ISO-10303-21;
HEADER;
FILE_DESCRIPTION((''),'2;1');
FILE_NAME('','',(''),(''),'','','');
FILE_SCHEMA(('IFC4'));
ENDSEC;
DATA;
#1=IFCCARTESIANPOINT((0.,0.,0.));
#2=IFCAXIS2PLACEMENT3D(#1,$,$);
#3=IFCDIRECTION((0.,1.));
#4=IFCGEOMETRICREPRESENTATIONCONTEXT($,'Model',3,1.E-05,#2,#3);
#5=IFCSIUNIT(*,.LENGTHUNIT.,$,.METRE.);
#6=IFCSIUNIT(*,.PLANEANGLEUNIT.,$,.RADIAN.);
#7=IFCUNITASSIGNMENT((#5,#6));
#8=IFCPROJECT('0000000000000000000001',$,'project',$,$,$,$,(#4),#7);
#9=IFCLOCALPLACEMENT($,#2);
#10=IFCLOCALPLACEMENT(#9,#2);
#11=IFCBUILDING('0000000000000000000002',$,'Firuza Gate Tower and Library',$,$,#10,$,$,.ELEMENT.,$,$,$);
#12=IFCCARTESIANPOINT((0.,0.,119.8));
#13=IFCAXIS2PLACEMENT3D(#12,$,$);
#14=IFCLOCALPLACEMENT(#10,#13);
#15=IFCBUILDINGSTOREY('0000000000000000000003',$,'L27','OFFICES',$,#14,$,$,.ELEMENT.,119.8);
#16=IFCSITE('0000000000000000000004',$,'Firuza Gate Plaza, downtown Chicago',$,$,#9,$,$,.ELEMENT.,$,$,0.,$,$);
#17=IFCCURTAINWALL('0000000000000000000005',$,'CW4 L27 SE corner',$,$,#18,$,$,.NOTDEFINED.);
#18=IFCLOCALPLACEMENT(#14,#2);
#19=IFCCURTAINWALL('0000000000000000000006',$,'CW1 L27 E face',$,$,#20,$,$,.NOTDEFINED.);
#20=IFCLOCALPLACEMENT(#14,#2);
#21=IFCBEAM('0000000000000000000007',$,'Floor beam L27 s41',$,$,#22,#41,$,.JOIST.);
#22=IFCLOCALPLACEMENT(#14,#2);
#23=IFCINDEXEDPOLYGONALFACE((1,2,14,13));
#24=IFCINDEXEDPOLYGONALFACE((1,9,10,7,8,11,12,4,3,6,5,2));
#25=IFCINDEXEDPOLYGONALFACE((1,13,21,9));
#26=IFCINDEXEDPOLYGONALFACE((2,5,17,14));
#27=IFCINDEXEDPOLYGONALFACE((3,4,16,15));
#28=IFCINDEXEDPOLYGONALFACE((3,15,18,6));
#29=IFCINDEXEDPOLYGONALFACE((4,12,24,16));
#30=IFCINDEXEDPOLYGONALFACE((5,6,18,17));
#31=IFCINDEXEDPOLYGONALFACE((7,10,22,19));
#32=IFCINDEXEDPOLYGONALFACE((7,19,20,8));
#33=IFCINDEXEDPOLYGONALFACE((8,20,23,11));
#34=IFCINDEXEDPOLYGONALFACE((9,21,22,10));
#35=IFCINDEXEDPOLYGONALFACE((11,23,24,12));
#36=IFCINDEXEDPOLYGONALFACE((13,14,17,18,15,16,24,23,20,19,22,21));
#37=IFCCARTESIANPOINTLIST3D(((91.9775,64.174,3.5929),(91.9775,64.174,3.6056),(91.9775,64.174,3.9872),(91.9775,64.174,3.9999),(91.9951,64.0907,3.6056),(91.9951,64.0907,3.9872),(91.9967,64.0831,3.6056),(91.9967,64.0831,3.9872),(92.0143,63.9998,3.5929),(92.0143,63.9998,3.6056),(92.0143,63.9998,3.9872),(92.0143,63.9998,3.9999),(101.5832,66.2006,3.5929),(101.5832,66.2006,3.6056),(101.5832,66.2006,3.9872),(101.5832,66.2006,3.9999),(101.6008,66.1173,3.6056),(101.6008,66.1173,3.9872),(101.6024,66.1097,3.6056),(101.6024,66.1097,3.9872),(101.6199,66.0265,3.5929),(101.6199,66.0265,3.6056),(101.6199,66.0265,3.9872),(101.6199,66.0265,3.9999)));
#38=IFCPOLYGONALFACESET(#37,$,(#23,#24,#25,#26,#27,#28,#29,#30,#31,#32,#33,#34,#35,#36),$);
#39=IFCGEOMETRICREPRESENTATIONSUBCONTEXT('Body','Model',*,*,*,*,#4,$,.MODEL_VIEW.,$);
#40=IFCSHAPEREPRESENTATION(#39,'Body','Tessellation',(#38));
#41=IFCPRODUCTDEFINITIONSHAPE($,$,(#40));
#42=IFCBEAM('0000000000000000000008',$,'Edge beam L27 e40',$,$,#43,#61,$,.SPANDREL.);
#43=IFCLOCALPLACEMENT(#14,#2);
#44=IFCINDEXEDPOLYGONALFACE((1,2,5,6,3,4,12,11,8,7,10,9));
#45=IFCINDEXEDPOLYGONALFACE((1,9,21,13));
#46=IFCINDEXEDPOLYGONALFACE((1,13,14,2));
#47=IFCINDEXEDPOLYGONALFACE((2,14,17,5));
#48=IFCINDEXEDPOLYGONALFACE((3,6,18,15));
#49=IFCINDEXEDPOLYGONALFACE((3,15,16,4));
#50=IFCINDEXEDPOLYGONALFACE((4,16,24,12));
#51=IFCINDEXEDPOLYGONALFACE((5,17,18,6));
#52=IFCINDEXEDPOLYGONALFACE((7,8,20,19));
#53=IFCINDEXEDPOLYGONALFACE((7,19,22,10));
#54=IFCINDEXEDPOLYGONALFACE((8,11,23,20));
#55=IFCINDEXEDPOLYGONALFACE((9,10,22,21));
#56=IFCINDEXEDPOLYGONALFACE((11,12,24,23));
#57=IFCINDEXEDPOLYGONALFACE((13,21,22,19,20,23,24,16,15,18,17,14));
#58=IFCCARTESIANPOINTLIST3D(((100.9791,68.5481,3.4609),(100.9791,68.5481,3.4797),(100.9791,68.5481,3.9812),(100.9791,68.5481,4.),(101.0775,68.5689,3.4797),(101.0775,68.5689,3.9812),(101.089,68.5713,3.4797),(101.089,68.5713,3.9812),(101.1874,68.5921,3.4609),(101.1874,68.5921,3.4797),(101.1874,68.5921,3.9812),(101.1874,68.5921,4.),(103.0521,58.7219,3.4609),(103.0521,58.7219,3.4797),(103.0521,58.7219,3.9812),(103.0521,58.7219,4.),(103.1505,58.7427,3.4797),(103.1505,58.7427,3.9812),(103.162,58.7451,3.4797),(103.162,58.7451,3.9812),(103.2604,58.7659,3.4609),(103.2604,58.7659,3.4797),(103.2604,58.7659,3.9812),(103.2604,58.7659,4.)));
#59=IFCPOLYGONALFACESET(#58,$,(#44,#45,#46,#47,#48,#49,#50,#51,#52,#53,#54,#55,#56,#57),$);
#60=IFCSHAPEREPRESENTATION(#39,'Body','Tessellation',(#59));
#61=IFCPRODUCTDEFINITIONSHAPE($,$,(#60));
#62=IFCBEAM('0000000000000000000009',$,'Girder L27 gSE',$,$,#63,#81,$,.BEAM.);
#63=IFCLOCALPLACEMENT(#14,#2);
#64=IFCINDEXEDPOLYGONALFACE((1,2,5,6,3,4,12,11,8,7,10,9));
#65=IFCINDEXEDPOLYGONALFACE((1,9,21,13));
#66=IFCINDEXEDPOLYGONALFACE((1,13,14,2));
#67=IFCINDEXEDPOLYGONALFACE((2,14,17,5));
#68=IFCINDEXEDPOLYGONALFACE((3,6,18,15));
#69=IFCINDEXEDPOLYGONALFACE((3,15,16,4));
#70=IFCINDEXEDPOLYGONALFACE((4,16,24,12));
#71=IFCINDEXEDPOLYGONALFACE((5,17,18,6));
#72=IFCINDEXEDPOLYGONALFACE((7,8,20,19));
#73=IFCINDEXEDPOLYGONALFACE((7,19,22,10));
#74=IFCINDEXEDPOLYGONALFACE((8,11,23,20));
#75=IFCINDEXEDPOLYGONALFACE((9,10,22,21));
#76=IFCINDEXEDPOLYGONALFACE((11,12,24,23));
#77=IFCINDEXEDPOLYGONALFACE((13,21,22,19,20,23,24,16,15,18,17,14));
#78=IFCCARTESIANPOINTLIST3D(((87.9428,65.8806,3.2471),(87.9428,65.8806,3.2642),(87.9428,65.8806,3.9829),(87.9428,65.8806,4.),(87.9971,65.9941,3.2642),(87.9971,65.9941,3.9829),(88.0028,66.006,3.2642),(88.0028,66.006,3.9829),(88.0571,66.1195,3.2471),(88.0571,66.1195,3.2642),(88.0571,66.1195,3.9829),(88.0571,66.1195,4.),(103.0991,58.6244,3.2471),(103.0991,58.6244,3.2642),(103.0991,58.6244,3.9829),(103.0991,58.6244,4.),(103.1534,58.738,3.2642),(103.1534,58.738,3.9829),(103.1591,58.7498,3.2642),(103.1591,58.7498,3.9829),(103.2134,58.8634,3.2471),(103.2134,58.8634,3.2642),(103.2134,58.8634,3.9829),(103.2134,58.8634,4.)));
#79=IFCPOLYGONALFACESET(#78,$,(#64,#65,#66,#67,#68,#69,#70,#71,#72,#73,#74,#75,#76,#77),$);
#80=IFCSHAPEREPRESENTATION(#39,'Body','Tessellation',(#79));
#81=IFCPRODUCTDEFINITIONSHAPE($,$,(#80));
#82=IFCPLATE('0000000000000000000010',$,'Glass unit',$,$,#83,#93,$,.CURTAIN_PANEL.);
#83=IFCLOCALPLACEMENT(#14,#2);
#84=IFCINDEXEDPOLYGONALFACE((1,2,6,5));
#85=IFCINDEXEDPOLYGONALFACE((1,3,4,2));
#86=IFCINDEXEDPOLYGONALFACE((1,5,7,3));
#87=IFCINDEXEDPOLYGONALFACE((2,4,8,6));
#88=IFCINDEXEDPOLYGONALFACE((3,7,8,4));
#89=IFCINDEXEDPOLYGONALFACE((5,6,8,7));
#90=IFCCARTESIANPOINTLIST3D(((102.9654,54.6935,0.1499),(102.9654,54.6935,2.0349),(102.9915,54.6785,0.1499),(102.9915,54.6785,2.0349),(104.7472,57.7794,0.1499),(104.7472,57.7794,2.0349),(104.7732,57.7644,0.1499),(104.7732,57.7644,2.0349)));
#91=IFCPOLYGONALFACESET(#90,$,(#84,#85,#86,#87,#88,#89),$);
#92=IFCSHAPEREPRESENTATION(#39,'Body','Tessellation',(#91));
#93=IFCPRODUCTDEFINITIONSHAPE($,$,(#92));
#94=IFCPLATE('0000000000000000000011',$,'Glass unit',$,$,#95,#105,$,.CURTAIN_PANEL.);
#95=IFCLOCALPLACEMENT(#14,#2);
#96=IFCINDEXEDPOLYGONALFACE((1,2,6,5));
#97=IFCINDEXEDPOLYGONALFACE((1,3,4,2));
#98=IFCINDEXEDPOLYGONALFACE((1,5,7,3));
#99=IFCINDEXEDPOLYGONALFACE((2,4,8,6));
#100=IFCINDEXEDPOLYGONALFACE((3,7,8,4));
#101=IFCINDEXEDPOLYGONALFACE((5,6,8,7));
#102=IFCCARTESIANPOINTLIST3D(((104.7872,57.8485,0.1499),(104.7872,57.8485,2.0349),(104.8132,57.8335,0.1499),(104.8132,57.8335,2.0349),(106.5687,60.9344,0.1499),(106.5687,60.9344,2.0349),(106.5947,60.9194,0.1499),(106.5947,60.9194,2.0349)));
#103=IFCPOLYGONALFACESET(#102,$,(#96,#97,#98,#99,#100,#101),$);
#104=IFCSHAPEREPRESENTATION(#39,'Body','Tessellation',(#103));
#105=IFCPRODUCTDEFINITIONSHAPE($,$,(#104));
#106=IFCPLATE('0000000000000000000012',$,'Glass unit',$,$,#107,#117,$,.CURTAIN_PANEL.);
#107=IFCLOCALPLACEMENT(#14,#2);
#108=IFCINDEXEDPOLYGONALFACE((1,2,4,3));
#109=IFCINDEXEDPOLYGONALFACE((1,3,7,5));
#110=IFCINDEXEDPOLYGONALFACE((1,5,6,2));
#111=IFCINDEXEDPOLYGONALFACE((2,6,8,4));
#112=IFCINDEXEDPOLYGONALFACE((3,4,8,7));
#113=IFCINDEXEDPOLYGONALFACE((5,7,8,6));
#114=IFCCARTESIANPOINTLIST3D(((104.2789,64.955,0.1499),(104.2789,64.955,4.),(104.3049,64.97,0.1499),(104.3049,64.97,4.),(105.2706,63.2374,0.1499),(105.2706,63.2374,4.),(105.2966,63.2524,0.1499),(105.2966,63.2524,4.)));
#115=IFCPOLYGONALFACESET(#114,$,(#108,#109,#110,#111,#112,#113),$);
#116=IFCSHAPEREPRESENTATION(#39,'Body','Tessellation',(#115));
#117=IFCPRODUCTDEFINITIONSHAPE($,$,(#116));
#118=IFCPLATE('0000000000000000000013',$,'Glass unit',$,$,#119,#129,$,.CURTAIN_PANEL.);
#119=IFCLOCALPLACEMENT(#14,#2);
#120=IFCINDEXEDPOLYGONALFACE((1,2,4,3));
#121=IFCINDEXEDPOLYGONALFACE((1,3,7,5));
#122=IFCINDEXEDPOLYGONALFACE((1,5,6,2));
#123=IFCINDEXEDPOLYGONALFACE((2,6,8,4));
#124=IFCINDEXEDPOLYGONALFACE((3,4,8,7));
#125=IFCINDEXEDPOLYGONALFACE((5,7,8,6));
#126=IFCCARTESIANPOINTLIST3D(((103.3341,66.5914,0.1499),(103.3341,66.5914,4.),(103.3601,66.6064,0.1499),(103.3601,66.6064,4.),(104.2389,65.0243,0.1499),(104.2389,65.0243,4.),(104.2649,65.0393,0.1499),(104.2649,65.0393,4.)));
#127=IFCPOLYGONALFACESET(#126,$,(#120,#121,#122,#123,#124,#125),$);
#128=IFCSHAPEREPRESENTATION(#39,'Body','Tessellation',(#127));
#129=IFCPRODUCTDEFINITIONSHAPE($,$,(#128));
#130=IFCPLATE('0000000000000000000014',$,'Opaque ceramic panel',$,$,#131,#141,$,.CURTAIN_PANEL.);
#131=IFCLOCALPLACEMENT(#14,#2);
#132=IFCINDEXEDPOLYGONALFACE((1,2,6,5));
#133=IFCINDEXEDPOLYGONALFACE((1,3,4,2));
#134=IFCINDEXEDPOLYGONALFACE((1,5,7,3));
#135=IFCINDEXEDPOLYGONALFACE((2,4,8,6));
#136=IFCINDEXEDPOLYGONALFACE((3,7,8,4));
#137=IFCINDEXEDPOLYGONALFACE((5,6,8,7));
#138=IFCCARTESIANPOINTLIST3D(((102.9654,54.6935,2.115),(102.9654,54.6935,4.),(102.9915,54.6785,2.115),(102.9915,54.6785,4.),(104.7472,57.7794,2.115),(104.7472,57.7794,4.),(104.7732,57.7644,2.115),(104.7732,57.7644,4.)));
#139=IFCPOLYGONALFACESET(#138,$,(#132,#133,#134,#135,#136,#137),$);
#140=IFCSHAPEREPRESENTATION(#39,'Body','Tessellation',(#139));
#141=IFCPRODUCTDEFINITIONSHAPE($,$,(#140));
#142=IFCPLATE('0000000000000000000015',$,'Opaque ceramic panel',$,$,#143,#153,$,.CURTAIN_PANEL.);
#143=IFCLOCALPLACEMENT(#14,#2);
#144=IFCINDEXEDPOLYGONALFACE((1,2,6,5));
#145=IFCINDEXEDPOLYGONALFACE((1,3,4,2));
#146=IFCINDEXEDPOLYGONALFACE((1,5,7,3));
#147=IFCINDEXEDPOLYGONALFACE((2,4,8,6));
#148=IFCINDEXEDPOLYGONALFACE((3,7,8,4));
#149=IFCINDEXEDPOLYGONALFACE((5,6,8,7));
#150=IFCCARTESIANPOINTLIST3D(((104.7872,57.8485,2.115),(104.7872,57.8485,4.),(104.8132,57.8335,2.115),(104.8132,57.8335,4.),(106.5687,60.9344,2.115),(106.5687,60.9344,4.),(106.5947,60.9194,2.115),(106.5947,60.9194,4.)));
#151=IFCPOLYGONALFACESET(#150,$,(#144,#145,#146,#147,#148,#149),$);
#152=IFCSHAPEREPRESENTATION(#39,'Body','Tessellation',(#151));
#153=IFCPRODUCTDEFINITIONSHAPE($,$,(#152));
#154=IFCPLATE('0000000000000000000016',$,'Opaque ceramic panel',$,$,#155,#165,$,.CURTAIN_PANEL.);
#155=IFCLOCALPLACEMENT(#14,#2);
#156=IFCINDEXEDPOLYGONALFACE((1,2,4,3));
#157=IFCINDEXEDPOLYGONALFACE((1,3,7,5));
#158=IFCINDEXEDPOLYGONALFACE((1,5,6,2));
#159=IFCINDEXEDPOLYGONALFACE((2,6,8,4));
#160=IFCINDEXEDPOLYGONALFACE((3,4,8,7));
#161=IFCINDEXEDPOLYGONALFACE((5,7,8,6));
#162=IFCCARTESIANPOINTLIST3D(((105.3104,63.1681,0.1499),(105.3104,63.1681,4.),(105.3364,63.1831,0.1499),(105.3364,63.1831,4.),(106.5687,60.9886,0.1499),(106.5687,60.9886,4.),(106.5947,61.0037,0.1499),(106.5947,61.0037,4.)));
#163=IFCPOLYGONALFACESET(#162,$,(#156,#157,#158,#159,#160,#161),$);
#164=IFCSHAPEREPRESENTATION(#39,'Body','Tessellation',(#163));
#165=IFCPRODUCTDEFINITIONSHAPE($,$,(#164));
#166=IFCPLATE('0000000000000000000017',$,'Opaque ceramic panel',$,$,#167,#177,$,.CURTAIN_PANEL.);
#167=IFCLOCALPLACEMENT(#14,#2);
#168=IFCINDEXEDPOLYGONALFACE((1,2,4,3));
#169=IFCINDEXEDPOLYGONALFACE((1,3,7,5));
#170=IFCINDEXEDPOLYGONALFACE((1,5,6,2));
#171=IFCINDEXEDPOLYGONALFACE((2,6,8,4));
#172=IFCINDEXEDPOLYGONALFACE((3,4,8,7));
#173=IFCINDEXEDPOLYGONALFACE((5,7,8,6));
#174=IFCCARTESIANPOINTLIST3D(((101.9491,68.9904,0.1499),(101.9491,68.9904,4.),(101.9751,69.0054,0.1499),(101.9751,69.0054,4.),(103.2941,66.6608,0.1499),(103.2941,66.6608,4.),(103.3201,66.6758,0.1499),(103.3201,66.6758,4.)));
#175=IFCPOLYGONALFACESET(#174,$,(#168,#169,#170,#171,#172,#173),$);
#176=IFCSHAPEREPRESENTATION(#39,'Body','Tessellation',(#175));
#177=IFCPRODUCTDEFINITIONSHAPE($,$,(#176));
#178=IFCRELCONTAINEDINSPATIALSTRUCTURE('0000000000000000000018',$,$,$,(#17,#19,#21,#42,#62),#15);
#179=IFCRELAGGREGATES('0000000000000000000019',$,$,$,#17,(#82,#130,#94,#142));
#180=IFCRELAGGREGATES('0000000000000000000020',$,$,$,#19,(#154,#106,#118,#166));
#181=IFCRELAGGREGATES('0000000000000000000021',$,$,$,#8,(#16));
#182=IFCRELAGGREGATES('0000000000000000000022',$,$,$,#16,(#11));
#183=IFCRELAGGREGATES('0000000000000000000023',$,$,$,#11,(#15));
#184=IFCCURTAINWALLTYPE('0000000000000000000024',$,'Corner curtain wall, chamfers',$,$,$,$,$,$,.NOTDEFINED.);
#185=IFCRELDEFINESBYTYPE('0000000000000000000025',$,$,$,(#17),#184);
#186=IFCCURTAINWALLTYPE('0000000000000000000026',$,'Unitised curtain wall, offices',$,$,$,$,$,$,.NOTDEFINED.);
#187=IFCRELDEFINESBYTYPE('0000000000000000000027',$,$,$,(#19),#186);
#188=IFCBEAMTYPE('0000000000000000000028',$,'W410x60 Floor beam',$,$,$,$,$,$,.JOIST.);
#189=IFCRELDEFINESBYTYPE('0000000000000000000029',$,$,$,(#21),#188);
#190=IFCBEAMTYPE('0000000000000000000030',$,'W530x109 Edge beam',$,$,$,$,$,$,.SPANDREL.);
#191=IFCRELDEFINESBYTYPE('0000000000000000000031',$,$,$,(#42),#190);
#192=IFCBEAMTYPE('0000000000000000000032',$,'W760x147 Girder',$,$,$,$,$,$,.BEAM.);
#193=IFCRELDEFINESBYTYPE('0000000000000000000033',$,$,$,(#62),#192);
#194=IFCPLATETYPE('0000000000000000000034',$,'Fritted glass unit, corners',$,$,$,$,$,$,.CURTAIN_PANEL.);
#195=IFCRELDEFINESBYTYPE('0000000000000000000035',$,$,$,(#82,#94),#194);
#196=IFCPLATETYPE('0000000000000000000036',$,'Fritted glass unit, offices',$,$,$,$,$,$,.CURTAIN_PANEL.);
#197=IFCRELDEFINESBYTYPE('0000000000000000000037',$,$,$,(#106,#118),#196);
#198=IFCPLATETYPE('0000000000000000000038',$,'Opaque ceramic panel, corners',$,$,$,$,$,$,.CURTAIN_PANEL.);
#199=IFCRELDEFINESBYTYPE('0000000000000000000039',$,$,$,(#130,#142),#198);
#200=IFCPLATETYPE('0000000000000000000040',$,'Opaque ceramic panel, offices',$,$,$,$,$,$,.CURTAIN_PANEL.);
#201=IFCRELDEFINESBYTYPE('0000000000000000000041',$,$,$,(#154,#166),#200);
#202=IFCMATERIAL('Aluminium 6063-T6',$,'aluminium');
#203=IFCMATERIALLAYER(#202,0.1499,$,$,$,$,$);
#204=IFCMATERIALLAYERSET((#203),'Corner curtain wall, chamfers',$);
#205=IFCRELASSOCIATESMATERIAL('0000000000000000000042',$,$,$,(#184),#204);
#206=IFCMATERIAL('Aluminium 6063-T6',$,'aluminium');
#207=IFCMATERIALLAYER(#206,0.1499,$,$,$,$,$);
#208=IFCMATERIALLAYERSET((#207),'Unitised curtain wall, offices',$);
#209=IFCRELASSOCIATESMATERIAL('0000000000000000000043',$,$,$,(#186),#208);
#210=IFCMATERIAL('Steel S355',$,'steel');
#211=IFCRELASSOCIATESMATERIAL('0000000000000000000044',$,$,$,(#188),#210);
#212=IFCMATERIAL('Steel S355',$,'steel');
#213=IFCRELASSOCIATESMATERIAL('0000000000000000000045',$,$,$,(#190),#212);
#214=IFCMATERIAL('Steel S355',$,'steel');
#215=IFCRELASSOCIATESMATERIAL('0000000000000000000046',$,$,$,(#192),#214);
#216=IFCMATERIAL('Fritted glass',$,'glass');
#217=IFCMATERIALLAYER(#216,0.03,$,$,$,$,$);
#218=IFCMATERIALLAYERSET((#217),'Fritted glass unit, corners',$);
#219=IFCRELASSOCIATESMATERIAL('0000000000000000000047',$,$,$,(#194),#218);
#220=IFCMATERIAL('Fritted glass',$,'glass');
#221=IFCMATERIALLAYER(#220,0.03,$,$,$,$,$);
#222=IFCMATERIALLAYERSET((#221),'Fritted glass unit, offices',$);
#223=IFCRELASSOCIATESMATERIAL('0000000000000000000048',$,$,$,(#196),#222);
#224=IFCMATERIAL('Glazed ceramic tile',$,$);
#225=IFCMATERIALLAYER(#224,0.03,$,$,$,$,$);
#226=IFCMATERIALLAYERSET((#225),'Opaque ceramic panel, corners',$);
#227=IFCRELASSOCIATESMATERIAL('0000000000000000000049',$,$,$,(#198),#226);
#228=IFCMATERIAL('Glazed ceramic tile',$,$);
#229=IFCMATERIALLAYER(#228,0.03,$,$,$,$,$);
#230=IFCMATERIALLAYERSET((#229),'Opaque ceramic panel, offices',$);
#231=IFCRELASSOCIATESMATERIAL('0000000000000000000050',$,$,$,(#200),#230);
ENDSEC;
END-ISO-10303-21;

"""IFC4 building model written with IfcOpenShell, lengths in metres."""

from ifc_helpers import new_model, si_unit, direction, frame, origin, origin_2d, place, context, subcontext, project, spatial, polyline, i_section, outline, extrude, material, layer, layer_set, material_profile, profile_set, type_object, element, aggregate, save


model = new_model("IFC4")

# Units and contexts
model_context = context("Model", 3, precision=1e-05, world=origin(), true_north=direction((0.0, 1.0)))
body_context = subcontext(model_context, "Body", "Model", "MODEL_VIEW")
ifc_project = project(units=[si_unit("LENGTHUNIT", "METRE"), si_unit("PLANEANGLEUNIT", "RADIAN")], contexts=[model_context])

# Site, building, storey
site_placement = place(None, origin())
site = spatial("IfcSite", under=ifc_project, at=site_placement, Name="Firuza Gate Plaza, downtown Chicago", CompositionType="ELEMENT", RefElevation=0.0)
building_placement = place(site_placement, origin())
building = spatial("IfcBuilding", under=site, at=building_placement, Name="Firuza Gate Tower and Library", CompositionType="ELEMENT")
storey_placement = place(building_placement, frame((0.0, 0.0, 119.8)))
storey = spatial("IfcBuildingStorey", under=building, at=storey_placement, Name="L27", Description="OFFICES", CompositionType="ELEMENT", Elevation=119.8)

# Curtain walls
ifc_material_1 = material(Name="Aluminium 6063-T6", Category="aluminium")
ifc_layer_1 = layer(ifc_material_1, 0.1499)
ifc_layer_set_1 = layer_set([ifc_layer_1], Name="Corner curtain wall, chamfers")
curtain_wall_type_1 = type_object("IfcCurtainWallType", Name="Corner curtain wall, chamfers", PredefinedType="NOTDEFINED", material=ifc_layer_set_1)
placement = place(storey_placement, origin())
curtain_wall_1 = element("IfcCurtainWall", 1, at=placement, inside=storey, type_object=curtain_wall_type_1, Name="CW4 L27 SE corner", PredefinedType="NOTDEFINED")
ifc_material_2 = material(Name="Aluminium 6063-T6", Category="aluminium")
ifc_layer_2 = layer(ifc_material_2, 0.1499)
ifc_layer_set_2 = layer_set([ifc_layer_2], Name="Unitised curtain wall, offices")
curtain_wall_type_2 = type_object("IfcCurtainWallType", Name="Unitised curtain wall, offices", PredefinedType="NOTDEFINED", material=ifc_layer_set_2)
curtain_wall_2 = element("IfcCurtainWall", 2, at=placement, inside=storey, type_object=curtain_wall_type_2, Name="CW1 L27 E face", PredefinedType="NOTDEFINED")

# Beams
ifc_material_3 = material(Name="Steel S355", Category="steel")
ifc_material_profile_1 = material_profile(ifc_material_3, i_section(OverallWidth=0.178, OverallDepth=0.407, WebThickness=0.0078, FlangeThickness=0.0127, at=origin_2d()))
ifc_profile_set_1 = profile_set([ifc_material_profile_1], Name="Steel S355")
beam_type_1 = type_object("IfcBeamType", Name="W410x60 Floor beam", PredefinedType="JOIST", material=ifc_profile_set_1)
beam_1_placement = place(storey_placement, frame((101.6016, 66.1135, 3.7964), z_axis=(-0.97846, -0.206435, 0.0), x_axis=(0.206435, -0.97846, 0.0)))
element("IfcBeam", 3, at=beam_1_placement, inside=storey, type_object=beam_type_1, Name="Floor beam L27 s41", PredefinedType="JOIST", context=body_context, shape_type="SweptSolid", body=[
    extrude(i_section(OverallWidth=0.178, OverallDepth=0.407, WebThickness=0.0078, FlangeThickness=0.0127, at=origin_2d()), origin(), (0.0, 0.0, 1.0), 9.8171),
])
ifc_material_4 = material(Name="Steel S355", Category="steel")
ifc_material_profile_2 = material_profile(ifc_material_4, i_section(OverallWidth=0.2129, OverallDepth=0.5391, WebThickness=0.0117, FlangeThickness=0.0188, at=origin_2d()))
ifc_profile_set_2 = profile_set([ifc_material_profile_2], Name="Steel S355")
beam_type_2 = type_object("IfcBeamType", Name="W530x109 Edge beam", PredefinedType="SPANDREL", material=ifc_profile_set_2)
beam_2_placement = place(storey_placement, frame((103.1562, 58.7439, 3.7305), z_axis=(-0.206423, 0.978463, 0.0), x_axis=(-0.978463, -0.206423, 0.0)))
element("IfcBeam", 4, at=beam_2_placement, inside=storey, type_object=beam_type_2, Name="Edge beam L27 e40", PredefinedType="SPANDREL", context=body_context, shape_type="SweptSolid", body=[
    extrude(i_section(OverallWidth=0.2129, OverallDepth=0.5391, WebThickness=0.0117, FlangeThickness=0.0188, at=origin_2d()), origin(), (0.0, 0.0, 1.0), 10.0425),
])
ifc_material_5 = material(Name="Steel S355", Category="steel")
ifc_material_profile_3 = material_profile(ifc_material_5, i_section(OverallWidth=0.2649, OverallDepth=0.7529, WebThickness=0.0132, FlangeThickness=0.0171, at=origin_2d()))
ifc_profile_set_3 = profile_set([ifc_material_profile_3], Name="Steel S355")
beam_type_3 = type_object("IfcBeamType", Name="W760x147 Girder", PredefinedType="BEAM", material=ifc_profile_set_3)
beam_3_placement = place(storey_placement, frame((103.1562, 58.7439, 3.6235), z_axis=(-0.901961, 0.431817, 0.0), x_axis=(-0.431817, -0.901961, 0.0)))
element("IfcBeam", 5, at=beam_3_placement, inside=storey, type_object=beam_type_3, Name="Girder L27 gSE", PredefinedType="BEAM", context=body_context, shape_type="SweptSolid", body=[
    extrude(i_section(OverallWidth=0.2649, OverallDepth=0.7529, WebThickness=0.0132, FlangeThickness=0.0171, at=origin_2d()), origin(), (0.0, 0.0, 1.0), 16.8037),
])

# Plates
ifc_material_6 = material(Name="Fritted glass", Category="glass")
ifc_layer_3 = layer(ifc_material_6, 0.03)
ifc_layer_set_3 = layer_set([ifc_layer_3], Name="Fritted glass unit, corners")
plate_type_1 = type_object("IfcPlateType", Name="Fritted glass unit, corners", PredefinedType="CURTAIN_PANEL", material=ifc_layer_set_3)
plate_1_placement = place(storey_placement, frame((102.9915, 54.6785, 0.1499), z_axis=(0.866017, -0.500015, 0.0), x_axis=(0.500015, 0.866017, 0.0)))
plate_1 = element("IfcPlate", 6, at=plate_1_placement, type_object=plate_type_1, Name="Glass unit", PredefinedType="CURTAIN_PANEL", context=body_context, shape_type="SweptSolid", body=[
    extrude(outline(polyline([(0.0, 0.0), (3.5634, 0.0), (3.5634, 1.885), (0.0, 1.885), (0.0, 0.0)])), origin(), (0.0, 0.0, -1.0), 0.03),
])
plate_2_placement = place(storey_placement, frame((104.8132, 57.8335, 0.1499), z_axis=(0.866046, -0.499964, 0.0), x_axis=(0.499964, 0.866046, 0.0)))
plate_2 = element("IfcPlate", 7, at=plate_2_placement, type_object=plate_type_1, Name="Glass unit", PredefinedType="CURTAIN_PANEL", context=body_context, shape_type="SweptSolid", body=[
    extrude(outline(polyline([(0.0, 0.0), (3.5632, 0.0), (3.5632, 1.885), (0.0, 1.885), (0.0, 0.0)])), origin(), (0.0, 0.0, -1.0), 0.03),
])
ifc_material_7 = material(Name="Fritted glass", Category="glass")
ifc_layer_4 = layer(ifc_material_7, 0.03)
ifc_layer_set_4 = layer_set([ifc_layer_4], Name="Fritted glass unit, offices")
plate_type_2 = type_object("IfcPlateType", Name="Fritted glass unit, offices", PredefinedType="CURTAIN_PANEL", material=ifc_layer_set_4)
plate_3_placement = place(storey_placement, frame((105.2966, 63.2524, 0.1499), z_axis=(0.866007, 0.500031, 0.0), x_axis=(-0.500031, 0.866007, 0.0)))
plate_3 = element("IfcPlate", 8, at=plate_3_placement, type_object=plate_type_2, Name="Glass unit", PredefinedType="CURTAIN_PANEL", context=body_context, shape_type="SweptSolid", body=[
    extrude(outline(polyline([(0.0, 0.0), (1.9833, 0.0), (1.9833, 3.8501), (0.0, 3.8501), (0.0, 0.0)])), origin(), (0.0, 0.0, -1.0), 0.03),
])
plate_4_placement = place(storey_placement, frame((104.2649, 65.0393, 0.1499), z_axis=(0.866026, 0.499999, 0.0), x_axis=(-0.499999, 0.866026, 0.0)))
plate_4 = element("IfcPlate", 9, at=plate_4_placement, type_object=plate_type_2, Name="Glass unit", PredefinedType="CURTAIN_PANEL", context=body_context, shape_type="SweptSolid", body=[
    extrude(outline(polyline([(0.0, 0.0), (1.8096, 0.0), (1.8096, 3.8501), (0.0, 3.8501), (0.0, 0.0)])), origin(), (0.0, 0.0, -1.0), 0.03),
])
ifc_material_8 = material(Name="Glazed ceramic tile")
ifc_layer_5 = layer(ifc_material_8, 0.03)
ifc_layer_set_5 = layer_set([ifc_layer_5], Name="Opaque ceramic panel, corners")
plate_type_3 = type_object("IfcPlateType", Name="Opaque ceramic panel, corners", PredefinedType="CURTAIN_PANEL", material=ifc_layer_set_5)
plate_5_placement = place(storey_placement, frame((102.9915, 54.6785, 2.115), z_axis=(0.866017, -0.500015, 0.0), x_axis=(0.500015, 0.866017, 0.0)))
plate_5 = element("IfcPlate", 10, at=plate_5_placement, type_object=plate_type_3, Name="Opaque ceramic panel", PredefinedType="CURTAIN_PANEL", context=body_context, shape_type="SweptSolid", body=[
    extrude(outline(polyline([(0.0, 0.0), (3.5634, 0.0), (3.5634, 1.885), (0.0, 1.885), (0.0, 0.0)])), origin(), (0.0, 0.0, -1.0), 0.03),
])
plate_6_placement = place(storey_placement, frame((104.8132, 57.8335, 2.115), z_axis=(0.866046, -0.499964, 0.0), x_axis=(0.499964, 0.866046, 0.0)))
plate_6 = element("IfcPlate", 11, at=plate_6_placement, type_object=plate_type_3, Name="Opaque ceramic panel", PredefinedType="CURTAIN_PANEL", context=body_context, shape_type="SweptSolid", body=[
    extrude(outline(polyline([(0.0, 0.0), (3.5632, 0.0), (3.5632, 1.885), (0.0, 1.885), (0.0, 0.0)])), origin(), (0.0, 0.0, -1.0), 0.03),
])
aggregate(curtain_wall_1, [plate_1, plate_5, plate_2, plate_6])
ifc_material_9 = material(Name="Glazed ceramic tile")
ifc_layer_6 = layer(ifc_material_9, 0.03)
ifc_layer_set_6 = layer_set([ifc_layer_6], Name="Opaque ceramic panel, offices")
plate_type_4 = type_object("IfcPlateType", Name="Opaque ceramic panel, offices", PredefinedType="CURTAIN_PANEL", material=ifc_layer_set_6)
plate_7_placement = place(storey_placement, frame((106.5947, 61.0037, 0.1499), z_axis=(0.866026, 0.5, 0.0), x_axis=(-0.5, 0.866026, 0.0)))
plate_7 = element("IfcPlate", 12, at=plate_7_placement, type_object=plate_type_4, Name="Opaque ceramic panel", PredefinedType="CURTAIN_PANEL", context=body_context, shape_type="SweptSolid", body=[
    extrude(outline(polyline([(0.0, 0.0), (2.5166, 0.0), (2.5166, 3.8501), (0.0, 3.8501), (0.0, 0.0)])), origin(), (0.0, 0.0, -1.0), 0.03),
])
plate_8_placement = place(storey_placement, frame((103.3201, 66.6758, 0.1499), z_axis=(0.866028, 0.499995, 0.0), x_axis=(-0.499995, 0.866028, 0.0)))
plate_8 = element("IfcPlate", 13, at=plate_8_placement, type_object=plate_type_4, Name="Opaque ceramic panel", PredefinedType="CURTAIN_PANEL", context=body_context, shape_type="SweptSolid", body=[
    extrude(outline(polyline([(0.0, 0.0), (2.69, 0.0), (2.69, 3.8501), (0.0, 3.8501), (0.0, 0.0)])), origin(), (0.0, 0.0, -1.0), 0.03),
])
aggregate(curtain_wall_2, [plate_7, plate_3, plate_4, plate_8])

save(model, "model.ifc")
